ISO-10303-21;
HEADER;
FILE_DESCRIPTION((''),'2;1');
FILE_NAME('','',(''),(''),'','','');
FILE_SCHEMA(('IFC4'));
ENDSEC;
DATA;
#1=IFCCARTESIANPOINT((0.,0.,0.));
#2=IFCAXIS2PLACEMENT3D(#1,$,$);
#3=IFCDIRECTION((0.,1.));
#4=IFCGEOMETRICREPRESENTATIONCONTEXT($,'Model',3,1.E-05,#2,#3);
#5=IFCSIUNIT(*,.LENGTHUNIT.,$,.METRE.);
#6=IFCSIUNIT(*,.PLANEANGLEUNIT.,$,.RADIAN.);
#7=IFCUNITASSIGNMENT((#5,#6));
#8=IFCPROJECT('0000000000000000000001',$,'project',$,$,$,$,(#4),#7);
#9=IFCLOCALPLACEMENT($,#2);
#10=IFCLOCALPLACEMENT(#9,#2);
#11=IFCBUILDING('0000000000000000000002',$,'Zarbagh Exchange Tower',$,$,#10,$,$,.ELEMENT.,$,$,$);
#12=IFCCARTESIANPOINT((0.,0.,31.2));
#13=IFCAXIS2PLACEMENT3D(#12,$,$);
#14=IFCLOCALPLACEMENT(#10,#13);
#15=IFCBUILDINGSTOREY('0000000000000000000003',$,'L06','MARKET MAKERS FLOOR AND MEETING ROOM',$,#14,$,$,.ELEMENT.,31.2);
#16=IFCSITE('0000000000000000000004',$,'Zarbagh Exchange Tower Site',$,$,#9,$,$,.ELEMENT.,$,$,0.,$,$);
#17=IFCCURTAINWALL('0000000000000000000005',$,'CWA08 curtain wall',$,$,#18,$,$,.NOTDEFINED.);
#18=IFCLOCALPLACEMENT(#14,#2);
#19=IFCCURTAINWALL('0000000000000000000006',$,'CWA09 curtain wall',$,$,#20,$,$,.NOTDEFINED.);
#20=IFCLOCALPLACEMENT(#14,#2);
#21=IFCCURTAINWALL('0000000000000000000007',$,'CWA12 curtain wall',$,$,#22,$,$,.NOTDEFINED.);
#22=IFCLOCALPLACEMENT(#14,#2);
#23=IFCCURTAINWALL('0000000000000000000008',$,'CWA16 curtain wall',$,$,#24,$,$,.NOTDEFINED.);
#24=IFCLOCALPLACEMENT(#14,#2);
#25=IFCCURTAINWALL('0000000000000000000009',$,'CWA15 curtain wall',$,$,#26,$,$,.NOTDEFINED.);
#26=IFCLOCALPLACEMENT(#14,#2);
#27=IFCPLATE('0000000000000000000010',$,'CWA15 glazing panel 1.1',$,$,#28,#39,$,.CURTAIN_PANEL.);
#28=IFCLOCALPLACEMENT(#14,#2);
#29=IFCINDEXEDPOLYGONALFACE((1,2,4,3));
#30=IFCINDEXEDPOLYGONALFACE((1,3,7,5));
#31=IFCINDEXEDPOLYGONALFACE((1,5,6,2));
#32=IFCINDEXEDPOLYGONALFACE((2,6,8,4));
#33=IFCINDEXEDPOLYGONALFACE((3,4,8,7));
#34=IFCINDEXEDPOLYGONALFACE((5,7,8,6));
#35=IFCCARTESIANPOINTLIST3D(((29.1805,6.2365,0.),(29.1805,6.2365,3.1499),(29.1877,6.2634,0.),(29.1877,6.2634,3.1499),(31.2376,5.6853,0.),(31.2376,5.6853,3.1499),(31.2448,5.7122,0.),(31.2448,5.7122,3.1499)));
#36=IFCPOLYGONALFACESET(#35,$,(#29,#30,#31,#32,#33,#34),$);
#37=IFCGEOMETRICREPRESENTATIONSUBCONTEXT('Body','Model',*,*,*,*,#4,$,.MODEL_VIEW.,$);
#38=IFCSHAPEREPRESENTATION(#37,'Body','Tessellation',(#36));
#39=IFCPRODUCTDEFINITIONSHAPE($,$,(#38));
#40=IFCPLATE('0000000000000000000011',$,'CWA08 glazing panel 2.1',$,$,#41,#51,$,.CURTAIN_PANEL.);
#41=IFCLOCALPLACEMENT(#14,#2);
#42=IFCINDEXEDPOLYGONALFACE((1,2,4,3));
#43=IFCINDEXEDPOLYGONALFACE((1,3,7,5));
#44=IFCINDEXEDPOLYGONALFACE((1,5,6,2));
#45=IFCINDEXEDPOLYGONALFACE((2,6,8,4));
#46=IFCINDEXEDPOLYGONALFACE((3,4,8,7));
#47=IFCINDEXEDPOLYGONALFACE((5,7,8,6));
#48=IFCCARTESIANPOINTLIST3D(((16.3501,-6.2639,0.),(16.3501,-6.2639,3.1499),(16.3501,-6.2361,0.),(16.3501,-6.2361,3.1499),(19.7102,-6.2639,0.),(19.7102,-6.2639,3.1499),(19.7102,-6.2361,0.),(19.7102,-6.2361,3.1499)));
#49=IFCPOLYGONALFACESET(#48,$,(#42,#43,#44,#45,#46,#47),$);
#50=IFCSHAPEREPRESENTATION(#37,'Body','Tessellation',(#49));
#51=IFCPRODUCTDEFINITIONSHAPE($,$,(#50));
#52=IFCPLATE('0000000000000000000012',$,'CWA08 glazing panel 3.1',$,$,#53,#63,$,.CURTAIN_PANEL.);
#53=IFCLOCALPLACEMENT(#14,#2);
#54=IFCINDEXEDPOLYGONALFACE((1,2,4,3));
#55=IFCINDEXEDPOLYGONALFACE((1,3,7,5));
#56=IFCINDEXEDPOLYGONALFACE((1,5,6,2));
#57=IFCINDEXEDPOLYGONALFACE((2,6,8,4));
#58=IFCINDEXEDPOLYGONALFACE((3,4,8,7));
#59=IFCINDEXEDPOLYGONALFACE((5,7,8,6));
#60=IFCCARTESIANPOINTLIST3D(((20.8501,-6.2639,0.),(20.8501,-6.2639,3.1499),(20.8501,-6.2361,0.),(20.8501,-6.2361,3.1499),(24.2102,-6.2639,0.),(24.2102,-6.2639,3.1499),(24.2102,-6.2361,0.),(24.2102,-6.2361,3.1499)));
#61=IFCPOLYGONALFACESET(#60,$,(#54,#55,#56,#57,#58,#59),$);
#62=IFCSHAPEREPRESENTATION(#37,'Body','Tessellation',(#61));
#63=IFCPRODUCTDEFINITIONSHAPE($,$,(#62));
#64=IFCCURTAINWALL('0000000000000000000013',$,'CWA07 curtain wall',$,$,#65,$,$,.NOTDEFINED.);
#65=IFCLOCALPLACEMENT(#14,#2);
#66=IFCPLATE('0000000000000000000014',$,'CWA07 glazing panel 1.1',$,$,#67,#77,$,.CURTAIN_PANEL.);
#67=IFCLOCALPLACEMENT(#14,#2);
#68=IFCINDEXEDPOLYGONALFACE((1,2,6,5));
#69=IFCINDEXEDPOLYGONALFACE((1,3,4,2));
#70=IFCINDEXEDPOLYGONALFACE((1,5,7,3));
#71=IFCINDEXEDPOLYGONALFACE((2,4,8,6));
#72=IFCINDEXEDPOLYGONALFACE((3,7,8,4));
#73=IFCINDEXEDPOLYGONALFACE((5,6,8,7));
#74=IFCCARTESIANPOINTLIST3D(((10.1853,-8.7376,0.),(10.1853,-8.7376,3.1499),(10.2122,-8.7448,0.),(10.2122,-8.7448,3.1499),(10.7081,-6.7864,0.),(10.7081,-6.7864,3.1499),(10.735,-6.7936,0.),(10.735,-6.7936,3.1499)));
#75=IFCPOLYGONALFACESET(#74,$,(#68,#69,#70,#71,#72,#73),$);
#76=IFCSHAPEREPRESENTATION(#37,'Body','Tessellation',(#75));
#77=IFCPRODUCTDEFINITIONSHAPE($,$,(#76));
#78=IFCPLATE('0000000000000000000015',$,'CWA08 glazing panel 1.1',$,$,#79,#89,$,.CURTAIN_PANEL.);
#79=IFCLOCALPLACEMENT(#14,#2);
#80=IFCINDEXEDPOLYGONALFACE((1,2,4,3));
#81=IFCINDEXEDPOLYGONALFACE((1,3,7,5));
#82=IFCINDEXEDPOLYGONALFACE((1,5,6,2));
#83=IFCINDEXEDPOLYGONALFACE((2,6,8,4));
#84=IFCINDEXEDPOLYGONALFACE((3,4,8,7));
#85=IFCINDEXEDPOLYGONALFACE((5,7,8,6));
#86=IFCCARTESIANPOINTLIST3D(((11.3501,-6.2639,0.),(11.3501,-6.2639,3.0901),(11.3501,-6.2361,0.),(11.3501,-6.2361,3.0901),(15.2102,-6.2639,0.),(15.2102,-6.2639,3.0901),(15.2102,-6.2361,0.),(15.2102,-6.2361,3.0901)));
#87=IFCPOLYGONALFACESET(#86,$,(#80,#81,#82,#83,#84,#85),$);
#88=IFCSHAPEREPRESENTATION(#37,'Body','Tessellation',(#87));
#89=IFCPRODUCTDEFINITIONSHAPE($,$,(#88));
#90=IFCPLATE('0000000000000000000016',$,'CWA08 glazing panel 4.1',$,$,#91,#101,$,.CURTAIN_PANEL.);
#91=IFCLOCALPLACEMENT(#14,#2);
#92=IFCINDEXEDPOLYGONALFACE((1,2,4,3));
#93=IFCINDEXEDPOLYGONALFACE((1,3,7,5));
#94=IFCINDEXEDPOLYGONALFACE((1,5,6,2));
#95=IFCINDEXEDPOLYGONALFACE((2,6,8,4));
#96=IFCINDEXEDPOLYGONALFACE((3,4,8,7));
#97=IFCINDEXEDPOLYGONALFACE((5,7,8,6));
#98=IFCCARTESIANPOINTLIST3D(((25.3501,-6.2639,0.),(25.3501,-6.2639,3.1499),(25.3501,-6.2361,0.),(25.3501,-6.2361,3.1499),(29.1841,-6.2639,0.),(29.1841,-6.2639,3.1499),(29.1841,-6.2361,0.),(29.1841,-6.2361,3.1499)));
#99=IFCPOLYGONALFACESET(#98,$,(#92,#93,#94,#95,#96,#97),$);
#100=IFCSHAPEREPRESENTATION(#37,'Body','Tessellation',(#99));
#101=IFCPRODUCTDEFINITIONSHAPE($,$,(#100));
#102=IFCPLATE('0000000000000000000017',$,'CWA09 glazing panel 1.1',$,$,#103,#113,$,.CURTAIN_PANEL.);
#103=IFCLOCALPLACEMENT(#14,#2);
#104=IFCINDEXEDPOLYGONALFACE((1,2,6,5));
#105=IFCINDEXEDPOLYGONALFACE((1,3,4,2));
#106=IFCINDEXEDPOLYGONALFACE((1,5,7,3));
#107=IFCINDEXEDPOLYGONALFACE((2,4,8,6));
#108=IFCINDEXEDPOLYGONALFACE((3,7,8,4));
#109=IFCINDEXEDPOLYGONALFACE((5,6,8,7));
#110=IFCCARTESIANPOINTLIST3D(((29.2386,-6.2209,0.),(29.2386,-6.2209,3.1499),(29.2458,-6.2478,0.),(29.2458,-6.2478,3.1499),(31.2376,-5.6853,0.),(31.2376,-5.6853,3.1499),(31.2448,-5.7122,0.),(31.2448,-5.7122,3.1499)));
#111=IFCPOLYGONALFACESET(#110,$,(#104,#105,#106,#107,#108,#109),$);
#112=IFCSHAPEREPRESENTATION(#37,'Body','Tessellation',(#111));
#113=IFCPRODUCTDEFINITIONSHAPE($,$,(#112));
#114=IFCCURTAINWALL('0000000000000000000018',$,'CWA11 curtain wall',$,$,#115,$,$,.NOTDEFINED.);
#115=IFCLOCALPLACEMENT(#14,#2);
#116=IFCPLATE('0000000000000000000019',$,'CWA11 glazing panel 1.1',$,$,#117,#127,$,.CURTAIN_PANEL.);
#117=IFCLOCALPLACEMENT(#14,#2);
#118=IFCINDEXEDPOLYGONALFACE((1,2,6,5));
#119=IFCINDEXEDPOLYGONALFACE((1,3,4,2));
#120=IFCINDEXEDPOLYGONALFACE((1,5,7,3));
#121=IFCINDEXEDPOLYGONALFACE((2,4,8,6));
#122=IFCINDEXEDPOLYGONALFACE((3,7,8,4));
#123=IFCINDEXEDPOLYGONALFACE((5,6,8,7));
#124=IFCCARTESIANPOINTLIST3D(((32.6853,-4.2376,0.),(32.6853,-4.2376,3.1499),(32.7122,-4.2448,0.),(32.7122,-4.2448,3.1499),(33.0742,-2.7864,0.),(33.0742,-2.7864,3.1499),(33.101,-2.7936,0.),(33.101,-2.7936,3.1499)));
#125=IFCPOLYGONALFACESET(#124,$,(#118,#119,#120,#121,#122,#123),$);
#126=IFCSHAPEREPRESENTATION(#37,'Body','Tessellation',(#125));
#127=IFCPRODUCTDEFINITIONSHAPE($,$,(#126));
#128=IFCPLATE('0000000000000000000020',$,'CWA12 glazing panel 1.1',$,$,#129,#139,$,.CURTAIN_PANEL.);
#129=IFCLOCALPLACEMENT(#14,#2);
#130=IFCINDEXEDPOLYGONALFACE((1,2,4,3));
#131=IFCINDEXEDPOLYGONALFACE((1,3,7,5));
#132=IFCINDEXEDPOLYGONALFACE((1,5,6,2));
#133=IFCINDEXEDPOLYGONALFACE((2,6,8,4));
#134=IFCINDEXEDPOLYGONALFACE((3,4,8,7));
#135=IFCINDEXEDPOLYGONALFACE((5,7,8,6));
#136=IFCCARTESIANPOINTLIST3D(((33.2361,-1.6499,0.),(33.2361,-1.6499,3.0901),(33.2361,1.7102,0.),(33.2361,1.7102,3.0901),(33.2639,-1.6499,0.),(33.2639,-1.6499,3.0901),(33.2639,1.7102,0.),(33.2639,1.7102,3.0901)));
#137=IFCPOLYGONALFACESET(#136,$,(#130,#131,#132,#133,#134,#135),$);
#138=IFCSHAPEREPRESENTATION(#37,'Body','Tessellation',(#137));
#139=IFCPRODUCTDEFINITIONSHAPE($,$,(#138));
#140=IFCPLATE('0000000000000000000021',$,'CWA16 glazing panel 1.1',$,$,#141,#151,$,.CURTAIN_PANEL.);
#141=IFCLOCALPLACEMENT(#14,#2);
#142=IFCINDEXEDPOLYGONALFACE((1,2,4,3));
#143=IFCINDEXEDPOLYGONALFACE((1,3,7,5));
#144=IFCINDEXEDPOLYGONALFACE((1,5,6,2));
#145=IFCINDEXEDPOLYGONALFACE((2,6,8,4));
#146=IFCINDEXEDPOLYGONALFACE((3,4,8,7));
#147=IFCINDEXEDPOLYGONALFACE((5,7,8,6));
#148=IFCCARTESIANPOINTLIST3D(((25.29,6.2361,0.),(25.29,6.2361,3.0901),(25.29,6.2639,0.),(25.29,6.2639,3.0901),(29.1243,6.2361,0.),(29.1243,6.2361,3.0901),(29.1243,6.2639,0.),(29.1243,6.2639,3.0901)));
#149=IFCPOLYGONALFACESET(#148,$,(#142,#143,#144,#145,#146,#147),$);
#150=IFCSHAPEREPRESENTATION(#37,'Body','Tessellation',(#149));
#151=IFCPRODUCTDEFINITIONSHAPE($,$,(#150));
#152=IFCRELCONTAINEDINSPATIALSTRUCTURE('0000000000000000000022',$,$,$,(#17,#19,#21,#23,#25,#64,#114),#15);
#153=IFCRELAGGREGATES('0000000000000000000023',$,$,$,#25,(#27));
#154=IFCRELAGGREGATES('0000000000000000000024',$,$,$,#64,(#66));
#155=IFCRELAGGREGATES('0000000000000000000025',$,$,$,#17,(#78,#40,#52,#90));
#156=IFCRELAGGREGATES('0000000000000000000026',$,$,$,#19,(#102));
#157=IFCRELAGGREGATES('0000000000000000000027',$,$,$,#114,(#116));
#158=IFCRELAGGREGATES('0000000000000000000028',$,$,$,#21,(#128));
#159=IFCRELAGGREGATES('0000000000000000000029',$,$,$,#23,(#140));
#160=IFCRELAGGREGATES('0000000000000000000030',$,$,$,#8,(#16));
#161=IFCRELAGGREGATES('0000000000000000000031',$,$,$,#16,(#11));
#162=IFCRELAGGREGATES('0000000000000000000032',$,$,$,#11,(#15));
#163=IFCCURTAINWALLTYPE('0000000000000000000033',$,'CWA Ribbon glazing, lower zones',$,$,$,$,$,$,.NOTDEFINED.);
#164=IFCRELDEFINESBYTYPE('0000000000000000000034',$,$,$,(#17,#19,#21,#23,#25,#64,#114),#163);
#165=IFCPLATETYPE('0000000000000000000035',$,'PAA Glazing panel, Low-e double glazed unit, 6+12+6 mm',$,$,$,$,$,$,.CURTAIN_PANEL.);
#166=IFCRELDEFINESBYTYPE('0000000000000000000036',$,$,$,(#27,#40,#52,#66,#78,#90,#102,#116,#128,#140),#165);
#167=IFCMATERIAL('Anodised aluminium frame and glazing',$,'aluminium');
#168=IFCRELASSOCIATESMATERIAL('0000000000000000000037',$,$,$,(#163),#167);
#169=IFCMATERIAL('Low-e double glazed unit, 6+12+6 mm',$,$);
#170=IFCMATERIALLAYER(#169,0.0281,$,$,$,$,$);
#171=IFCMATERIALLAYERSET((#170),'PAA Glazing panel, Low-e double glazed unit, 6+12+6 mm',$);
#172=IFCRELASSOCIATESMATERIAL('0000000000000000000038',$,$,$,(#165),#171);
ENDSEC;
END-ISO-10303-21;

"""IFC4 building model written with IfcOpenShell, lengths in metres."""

from ifc_helpers import new_model, si_unit, direction, frame, origin, place, context, subcontext, project, spatial, polyline, outline, extrude, source, transform, mapped, material, layer, layer_set, type_object, element, aggregate, save


model = new_model("IFC4")

# Units and contexts
model_context = context("Model", 3, precision=1e-05, world=origin(), true_north=direction((0.0, 1.0)))
body_context = subcontext(model_context, "Body", "Model", "MODEL_VIEW")
ifc_project = project(units=[si_unit("LENGTHUNIT", "METRE"), si_unit("PLANEANGLEUNIT", "RADIAN")], contexts=[model_context])

# Site, building, storey
site_placement = place(None, origin())
site = spatial("IfcSite", under=ifc_project, at=site_placement, Name="Zarbagh Exchange Tower Site", CompositionType="ELEMENT", RefElevation=0.0)
building_placement = place(site_placement, origin())
building = spatial("IfcBuilding", under=site, at=building_placement, Name="Zarbagh Exchange Tower", CompositionType="ELEMENT")
storey_placement = place(building_placement, frame((0.0, 0.0, 31.2)))
storey = spatial("IfcBuildingStorey", under=building, at=storey_placement, Name="L06", Description="MARKET MAKERS FLOOR AND MEETING ROOM", CompositionType="ELEMENT", Elevation=31.2)

# Curtain wall
ifc_material_1 = material(Name="Anodised aluminium frame and glazing", Category="aluminium")
curtain_wall_type = type_object("IfcCurtainWallType", Name="CWA Ribbon glazing, lower zones", PredefinedType="NOTDEFINED", material=ifc_material_1)
curtain_wall_1_placement = place(storey_placement, origin())
curtain_wall_1 = element("IfcCurtainWall", 1, at=curtain_wall_1_placement, inside=storey, type_object=curtain_wall_type, Name="CWA08 curtain wall", PredefinedType="NOTDEFINED")
placement = place(storey_placement, origin())

# Curtain walls
curtain_wall_2_placement = place(storey_placement, origin())
curtain_wall_2 = element("IfcCurtainWall", 2, at=curtain_wall_2_placement, inside=storey, type_object=curtain_wall_type, Name="CWA09 curtain wall", PredefinedType="NOTDEFINED")
curtain_wall_3_placement = place(storey_placement, origin())
curtain_wall_3 = element("IfcCurtainWall", 3, at=curtain_wall_3_placement, inside=storey, type_object=curtain_wall_type, Name="CWA12 curtain wall", PredefinedType="NOTDEFINED")
curtain_wall_4_placement = place(storey_placement, origin())
curtain_wall_4 = element("IfcCurtainWall", 4, at=curtain_wall_4_placement, inside=storey, type_object=curtain_wall_type, Name="CWA16 curtain wall", PredefinedType="NOTDEFINED")

# Shared definitions
ifc_material_2 = material(Name="Low-e double glazed unit, 6+12+6 mm")
ifc_layer = layer(ifc_material_2, 0.0281)
ifc_layer_set = layer_set([ifc_layer], Name="PAA Glazing panel, Low-e double glazed unit, 6+12+6 mm")
plate_type = type_object("IfcPlateType", Name="PAA Glazing panel, Low-e double glazed unit, 6+12+6 mm", PredefinedType="CURTAIN_PANEL", material=ifc_layer_set)

# Curtain wall, plate
curtain_wall_5_placement = place(storey_placement, origin())
curtain_wall_5 = element("IfcCurtainWall", 5, at=curtain_wall_5_placement, inside=storey, type_object=curtain_wall_type, Name="CWA15 curtain wall", PredefinedType="NOTDEFINED")
shared_shape_1 = source(origin(), body_context, "Body", "SweptSolid", [
    extrude(outline(polyline([(0.0, -0.0139), (2.1296, -0.0139), (2.1296, 0.0139), (0.0, 0.0139), (0.0, -0.0139)])), origin(), (0.0, 0.0, 1.0), 3.1499),
])
plate_1 = element("IfcPlate", 6, at=placement, type_object=plate_type, Name="CWA15 glazing panel 1.1", PredefinedType="CURTAIN_PANEL", context=body_context, shape_type="MappedRepresentation", body=[
    mapped(shared_shape_1, transform((31.2412, 5.6987, 0.0), x_axis=(-0.965924, 0.258825, 0.0), y_axis=(-0.258825, -0.965924, 0.0), z_axis=(0.0, 0.0, 1.0))),
])
aggregate(curtain_wall_5, [plate_1])

# Plates
shared_shape_2 = source(origin(), body_context, "Body", "SweptSolid", [
    extrude(outline(polyline([(0.0, -0.0139), (3.3601, -0.0139), (3.3601, 0.0139), (0.0, 0.0139), (0.0, -0.0139)])), origin(), (0.0, 0.0, 1.0), 3.1499),
])
plate_2 = element("IfcPlate", 7, at=placement, type_object=plate_type, Name="CWA08 glazing panel 2.1", PredefinedType="CURTAIN_PANEL", context=body_context, shape_type="MappedRepresentation", body=[
    mapped(shared_shape_2, transform((16.3501, -6.25, 0.0), x_axis=(1.0, 0.0, 0.0), y_axis=(0.0, 1.0, 0.0), z_axis=(0.0, 0.0, 1.0))),
])
plate_3 = element("IfcPlate", 8, at=placement, type_object=plate_type, Name="CWA08 glazing panel 3.1", PredefinedType="CURTAIN_PANEL", context=body_context, shape_type="MappedRepresentation", body=[
    mapped(shared_shape_2, transform((20.8501, -6.25, 0.0), x_axis=(1.0, 0.0, 0.0), y_axis=(0.0, 1.0, 0.0), z_axis=(0.0, 0.0, 1.0))),
])

# Curtain wall, plate
curtain_wall_6_placement = place(storey_placement, origin())
curtain_wall_6 = element("IfcCurtainWall", 9, at=curtain_wall_6_placement, inside=storey, type_object=curtain_wall_type, Name="CWA07 curtain wall", PredefinedType="NOTDEFINED")
shared_shape_3 = source(origin(), body_context, "Body", "SweptSolid", [
    extrude(outline(polyline([(0.0, -0.0139), (2.02, -0.0139), (2.02, 0.0139), (0.0, 0.0139), (0.0, -0.0139)])), origin(), (0.0, 0.0, 1.0), 3.1499),
])
plate_4 = element("IfcPlate", 10, at=placement, type_object=plate_type, Name="CWA07 glazing panel 1.1", PredefinedType="CURTAIN_PANEL", context=body_context, shape_type="MappedRepresentation", body=[
    mapped(shared_shape_3, transform((10.1987, -8.7412, 0.0), x_axis=(0.258825, 0.965924, 0.0), y_axis=(-0.965924, 0.258825, 0.0), z_axis=(0.0, 0.0, 1.0))),
])
aggregate(curtain_wall_6, [plate_4])

# Plates
shared_shape_4 = source(origin(), body_context, "Body", "SweptSolid", [
    extrude(outline(polyline([(0.0, -0.0139), (3.8601, -0.0139), (3.8601, 0.0139), (0.0, 0.0139), (0.0, -0.0139)])), origin(), (0.0, 0.0, 1.0), 3.0901),
])
plate_5 = element("IfcPlate", 11, at=placement, type_object=plate_type, Name="CWA08 glazing panel 1.1", PredefinedType="CURTAIN_PANEL", context=body_context, shape_type="MappedRepresentation", body=[
    mapped(shared_shape_4, transform((11.3501, -6.25, 0.0), x_axis=(1.0, 0.0, 0.0), y_axis=(0.0, 1.0, 0.0), z_axis=(0.0, 0.0, 1.0))),
])
shared_shape_5 = source(origin(), body_context, "Body", "SweptSolid", [
    extrude(outline(polyline([(0.0, -0.0139), (3.834, -0.0139), (3.834, 0.0139), (0.0, 0.0139), (0.0, -0.0139)])), origin(), (0.0, 0.0, 1.0), 3.1499),
])
plate_6 = element("IfcPlate", 12, at=placement, type_object=plate_type, Name="CWA08 glazing panel 4.1", PredefinedType="CURTAIN_PANEL", context=body_context, shape_type="MappedRepresentation", body=[
    mapped(shared_shape_5, transform((25.3501, -6.25, 0.0), x_axis=(1.0, 0.0, 0.0), y_axis=(0.0, 1.0, 0.0), z_axis=(0.0, 0.0, 1.0))),
])
aggregate(curtain_wall_1, [plate_5, plate_2, plate_3, plate_6])
shared_shape_6 = source(origin(), body_context, "Body", "SweptSolid", [
    extrude(outline(polyline([(0.0, -0.0139), (2.0696, -0.0139), (2.0696, 0.0139), (0.0, 0.0139), (0.0, -0.0139)])), origin(), (0.0, 0.0, 1.0), 3.1499),
])
plate_7 = element("IfcPlate", 13, at=placement, type_object=plate_type, Name="CWA09 glazing panel 1.1", PredefinedType="CURTAIN_PANEL", context=body_context, shape_type="MappedRepresentation", body=[
    mapped(shared_shape_6, transform((29.2422, -6.2344, 0.0), x_axis=(0.965924, 0.258825, 0.0), y_axis=(-0.258825, 0.965924, 0.0), z_axis=(0.0, 0.0, 1.0))),
])
aggregate(curtain_wall_2, [plate_7])

# Curtain wall, plate
curtain_wall_7_placement = place(storey_placement, origin())
curtain_wall_7 = element("IfcCurtainWall", 14, at=curtain_wall_7_placement, inside=storey, type_object=curtain_wall_type, Name="CWA11 curtain wall", PredefinedType="NOTDEFINED")
shared_shape_7 = source(origin(), body_context, "Body", "SweptSolid", [
    extrude(outline(polyline([(0.0, -0.0139), (1.5024, -0.0139), (1.5024, 0.0139), (0.0, 0.0139), (0.0, -0.0139)])), origin(), (0.0, 0.0, 1.0), 3.1499),
])
plate_8 = element("IfcPlate", 15, at=placement, type_object=plate_type, Name="CWA11 glazing panel 1.1", PredefinedType="CURTAIN_PANEL", context=body_context, shape_type="MappedRepresentation", body=[
    mapped(shared_shape_7, transform((32.6987, -4.2412, 0.0), x_axis=(0.258825, 0.965924, 0.0), y_axis=(-0.965924, 0.258825, 0.0), z_axis=(0.0, 0.0, 1.0))),
])
aggregate(curtain_wall_7, [plate_8])

# Plates
shared_shape_8 = source(origin(), body_context, "Body", "SweptSolid", [
    extrude(outline(polyline([(0.0, -0.0139), (3.3601, -0.0139), (3.3601, 0.0139), (0.0, 0.0139), (0.0, -0.0139)])), origin(), (0.0, 0.0, 1.0), 3.0901),
])
plate_9 = element("IfcPlate", 16, at=placement, type_object=plate_type, Name="CWA12 glazing panel 1.1", PredefinedType="CURTAIN_PANEL", context=body_context, shape_type="MappedRepresentation", body=[
    mapped(shared_shape_8, transform((33.25, -1.6499, 0.0), x_axis=(0.0, 1.0, 0.0), y_axis=(-1.0, 0.0, 0.0), z_axis=(0.0, 0.0, 1.0))),
])
aggregate(curtain_wall_3, [plate_9])
shared_shape_9 = source(origin(), body_context, "Body", "SweptSolid", [
    extrude(outline(polyline([(0.0, -0.0139), (3.8342, -0.0139), (3.8342, 0.0139), (0.0, 0.0139), (0.0, -0.0139)])), origin(), (0.0, 0.0, 1.0), 3.0901),
])
plate_10 = element("IfcPlate", 17, at=placement, type_object=plate_type, Name="CWA16 glazing panel 1.1", PredefinedType="CURTAIN_PANEL", context=body_context, shape_type="MappedRepresentation", body=[
    mapped(shared_shape_9, transform((29.1243, 6.25, 0.0), x_axis=(-1.0, 0.0, 0.0), y_axis=(0.0, -1.0, 0.0), z_axis=(0.0, 0.0, 1.0))),
])
aggregate(curtain_wall_4, [plate_10])

save(model, "model.ifc")
